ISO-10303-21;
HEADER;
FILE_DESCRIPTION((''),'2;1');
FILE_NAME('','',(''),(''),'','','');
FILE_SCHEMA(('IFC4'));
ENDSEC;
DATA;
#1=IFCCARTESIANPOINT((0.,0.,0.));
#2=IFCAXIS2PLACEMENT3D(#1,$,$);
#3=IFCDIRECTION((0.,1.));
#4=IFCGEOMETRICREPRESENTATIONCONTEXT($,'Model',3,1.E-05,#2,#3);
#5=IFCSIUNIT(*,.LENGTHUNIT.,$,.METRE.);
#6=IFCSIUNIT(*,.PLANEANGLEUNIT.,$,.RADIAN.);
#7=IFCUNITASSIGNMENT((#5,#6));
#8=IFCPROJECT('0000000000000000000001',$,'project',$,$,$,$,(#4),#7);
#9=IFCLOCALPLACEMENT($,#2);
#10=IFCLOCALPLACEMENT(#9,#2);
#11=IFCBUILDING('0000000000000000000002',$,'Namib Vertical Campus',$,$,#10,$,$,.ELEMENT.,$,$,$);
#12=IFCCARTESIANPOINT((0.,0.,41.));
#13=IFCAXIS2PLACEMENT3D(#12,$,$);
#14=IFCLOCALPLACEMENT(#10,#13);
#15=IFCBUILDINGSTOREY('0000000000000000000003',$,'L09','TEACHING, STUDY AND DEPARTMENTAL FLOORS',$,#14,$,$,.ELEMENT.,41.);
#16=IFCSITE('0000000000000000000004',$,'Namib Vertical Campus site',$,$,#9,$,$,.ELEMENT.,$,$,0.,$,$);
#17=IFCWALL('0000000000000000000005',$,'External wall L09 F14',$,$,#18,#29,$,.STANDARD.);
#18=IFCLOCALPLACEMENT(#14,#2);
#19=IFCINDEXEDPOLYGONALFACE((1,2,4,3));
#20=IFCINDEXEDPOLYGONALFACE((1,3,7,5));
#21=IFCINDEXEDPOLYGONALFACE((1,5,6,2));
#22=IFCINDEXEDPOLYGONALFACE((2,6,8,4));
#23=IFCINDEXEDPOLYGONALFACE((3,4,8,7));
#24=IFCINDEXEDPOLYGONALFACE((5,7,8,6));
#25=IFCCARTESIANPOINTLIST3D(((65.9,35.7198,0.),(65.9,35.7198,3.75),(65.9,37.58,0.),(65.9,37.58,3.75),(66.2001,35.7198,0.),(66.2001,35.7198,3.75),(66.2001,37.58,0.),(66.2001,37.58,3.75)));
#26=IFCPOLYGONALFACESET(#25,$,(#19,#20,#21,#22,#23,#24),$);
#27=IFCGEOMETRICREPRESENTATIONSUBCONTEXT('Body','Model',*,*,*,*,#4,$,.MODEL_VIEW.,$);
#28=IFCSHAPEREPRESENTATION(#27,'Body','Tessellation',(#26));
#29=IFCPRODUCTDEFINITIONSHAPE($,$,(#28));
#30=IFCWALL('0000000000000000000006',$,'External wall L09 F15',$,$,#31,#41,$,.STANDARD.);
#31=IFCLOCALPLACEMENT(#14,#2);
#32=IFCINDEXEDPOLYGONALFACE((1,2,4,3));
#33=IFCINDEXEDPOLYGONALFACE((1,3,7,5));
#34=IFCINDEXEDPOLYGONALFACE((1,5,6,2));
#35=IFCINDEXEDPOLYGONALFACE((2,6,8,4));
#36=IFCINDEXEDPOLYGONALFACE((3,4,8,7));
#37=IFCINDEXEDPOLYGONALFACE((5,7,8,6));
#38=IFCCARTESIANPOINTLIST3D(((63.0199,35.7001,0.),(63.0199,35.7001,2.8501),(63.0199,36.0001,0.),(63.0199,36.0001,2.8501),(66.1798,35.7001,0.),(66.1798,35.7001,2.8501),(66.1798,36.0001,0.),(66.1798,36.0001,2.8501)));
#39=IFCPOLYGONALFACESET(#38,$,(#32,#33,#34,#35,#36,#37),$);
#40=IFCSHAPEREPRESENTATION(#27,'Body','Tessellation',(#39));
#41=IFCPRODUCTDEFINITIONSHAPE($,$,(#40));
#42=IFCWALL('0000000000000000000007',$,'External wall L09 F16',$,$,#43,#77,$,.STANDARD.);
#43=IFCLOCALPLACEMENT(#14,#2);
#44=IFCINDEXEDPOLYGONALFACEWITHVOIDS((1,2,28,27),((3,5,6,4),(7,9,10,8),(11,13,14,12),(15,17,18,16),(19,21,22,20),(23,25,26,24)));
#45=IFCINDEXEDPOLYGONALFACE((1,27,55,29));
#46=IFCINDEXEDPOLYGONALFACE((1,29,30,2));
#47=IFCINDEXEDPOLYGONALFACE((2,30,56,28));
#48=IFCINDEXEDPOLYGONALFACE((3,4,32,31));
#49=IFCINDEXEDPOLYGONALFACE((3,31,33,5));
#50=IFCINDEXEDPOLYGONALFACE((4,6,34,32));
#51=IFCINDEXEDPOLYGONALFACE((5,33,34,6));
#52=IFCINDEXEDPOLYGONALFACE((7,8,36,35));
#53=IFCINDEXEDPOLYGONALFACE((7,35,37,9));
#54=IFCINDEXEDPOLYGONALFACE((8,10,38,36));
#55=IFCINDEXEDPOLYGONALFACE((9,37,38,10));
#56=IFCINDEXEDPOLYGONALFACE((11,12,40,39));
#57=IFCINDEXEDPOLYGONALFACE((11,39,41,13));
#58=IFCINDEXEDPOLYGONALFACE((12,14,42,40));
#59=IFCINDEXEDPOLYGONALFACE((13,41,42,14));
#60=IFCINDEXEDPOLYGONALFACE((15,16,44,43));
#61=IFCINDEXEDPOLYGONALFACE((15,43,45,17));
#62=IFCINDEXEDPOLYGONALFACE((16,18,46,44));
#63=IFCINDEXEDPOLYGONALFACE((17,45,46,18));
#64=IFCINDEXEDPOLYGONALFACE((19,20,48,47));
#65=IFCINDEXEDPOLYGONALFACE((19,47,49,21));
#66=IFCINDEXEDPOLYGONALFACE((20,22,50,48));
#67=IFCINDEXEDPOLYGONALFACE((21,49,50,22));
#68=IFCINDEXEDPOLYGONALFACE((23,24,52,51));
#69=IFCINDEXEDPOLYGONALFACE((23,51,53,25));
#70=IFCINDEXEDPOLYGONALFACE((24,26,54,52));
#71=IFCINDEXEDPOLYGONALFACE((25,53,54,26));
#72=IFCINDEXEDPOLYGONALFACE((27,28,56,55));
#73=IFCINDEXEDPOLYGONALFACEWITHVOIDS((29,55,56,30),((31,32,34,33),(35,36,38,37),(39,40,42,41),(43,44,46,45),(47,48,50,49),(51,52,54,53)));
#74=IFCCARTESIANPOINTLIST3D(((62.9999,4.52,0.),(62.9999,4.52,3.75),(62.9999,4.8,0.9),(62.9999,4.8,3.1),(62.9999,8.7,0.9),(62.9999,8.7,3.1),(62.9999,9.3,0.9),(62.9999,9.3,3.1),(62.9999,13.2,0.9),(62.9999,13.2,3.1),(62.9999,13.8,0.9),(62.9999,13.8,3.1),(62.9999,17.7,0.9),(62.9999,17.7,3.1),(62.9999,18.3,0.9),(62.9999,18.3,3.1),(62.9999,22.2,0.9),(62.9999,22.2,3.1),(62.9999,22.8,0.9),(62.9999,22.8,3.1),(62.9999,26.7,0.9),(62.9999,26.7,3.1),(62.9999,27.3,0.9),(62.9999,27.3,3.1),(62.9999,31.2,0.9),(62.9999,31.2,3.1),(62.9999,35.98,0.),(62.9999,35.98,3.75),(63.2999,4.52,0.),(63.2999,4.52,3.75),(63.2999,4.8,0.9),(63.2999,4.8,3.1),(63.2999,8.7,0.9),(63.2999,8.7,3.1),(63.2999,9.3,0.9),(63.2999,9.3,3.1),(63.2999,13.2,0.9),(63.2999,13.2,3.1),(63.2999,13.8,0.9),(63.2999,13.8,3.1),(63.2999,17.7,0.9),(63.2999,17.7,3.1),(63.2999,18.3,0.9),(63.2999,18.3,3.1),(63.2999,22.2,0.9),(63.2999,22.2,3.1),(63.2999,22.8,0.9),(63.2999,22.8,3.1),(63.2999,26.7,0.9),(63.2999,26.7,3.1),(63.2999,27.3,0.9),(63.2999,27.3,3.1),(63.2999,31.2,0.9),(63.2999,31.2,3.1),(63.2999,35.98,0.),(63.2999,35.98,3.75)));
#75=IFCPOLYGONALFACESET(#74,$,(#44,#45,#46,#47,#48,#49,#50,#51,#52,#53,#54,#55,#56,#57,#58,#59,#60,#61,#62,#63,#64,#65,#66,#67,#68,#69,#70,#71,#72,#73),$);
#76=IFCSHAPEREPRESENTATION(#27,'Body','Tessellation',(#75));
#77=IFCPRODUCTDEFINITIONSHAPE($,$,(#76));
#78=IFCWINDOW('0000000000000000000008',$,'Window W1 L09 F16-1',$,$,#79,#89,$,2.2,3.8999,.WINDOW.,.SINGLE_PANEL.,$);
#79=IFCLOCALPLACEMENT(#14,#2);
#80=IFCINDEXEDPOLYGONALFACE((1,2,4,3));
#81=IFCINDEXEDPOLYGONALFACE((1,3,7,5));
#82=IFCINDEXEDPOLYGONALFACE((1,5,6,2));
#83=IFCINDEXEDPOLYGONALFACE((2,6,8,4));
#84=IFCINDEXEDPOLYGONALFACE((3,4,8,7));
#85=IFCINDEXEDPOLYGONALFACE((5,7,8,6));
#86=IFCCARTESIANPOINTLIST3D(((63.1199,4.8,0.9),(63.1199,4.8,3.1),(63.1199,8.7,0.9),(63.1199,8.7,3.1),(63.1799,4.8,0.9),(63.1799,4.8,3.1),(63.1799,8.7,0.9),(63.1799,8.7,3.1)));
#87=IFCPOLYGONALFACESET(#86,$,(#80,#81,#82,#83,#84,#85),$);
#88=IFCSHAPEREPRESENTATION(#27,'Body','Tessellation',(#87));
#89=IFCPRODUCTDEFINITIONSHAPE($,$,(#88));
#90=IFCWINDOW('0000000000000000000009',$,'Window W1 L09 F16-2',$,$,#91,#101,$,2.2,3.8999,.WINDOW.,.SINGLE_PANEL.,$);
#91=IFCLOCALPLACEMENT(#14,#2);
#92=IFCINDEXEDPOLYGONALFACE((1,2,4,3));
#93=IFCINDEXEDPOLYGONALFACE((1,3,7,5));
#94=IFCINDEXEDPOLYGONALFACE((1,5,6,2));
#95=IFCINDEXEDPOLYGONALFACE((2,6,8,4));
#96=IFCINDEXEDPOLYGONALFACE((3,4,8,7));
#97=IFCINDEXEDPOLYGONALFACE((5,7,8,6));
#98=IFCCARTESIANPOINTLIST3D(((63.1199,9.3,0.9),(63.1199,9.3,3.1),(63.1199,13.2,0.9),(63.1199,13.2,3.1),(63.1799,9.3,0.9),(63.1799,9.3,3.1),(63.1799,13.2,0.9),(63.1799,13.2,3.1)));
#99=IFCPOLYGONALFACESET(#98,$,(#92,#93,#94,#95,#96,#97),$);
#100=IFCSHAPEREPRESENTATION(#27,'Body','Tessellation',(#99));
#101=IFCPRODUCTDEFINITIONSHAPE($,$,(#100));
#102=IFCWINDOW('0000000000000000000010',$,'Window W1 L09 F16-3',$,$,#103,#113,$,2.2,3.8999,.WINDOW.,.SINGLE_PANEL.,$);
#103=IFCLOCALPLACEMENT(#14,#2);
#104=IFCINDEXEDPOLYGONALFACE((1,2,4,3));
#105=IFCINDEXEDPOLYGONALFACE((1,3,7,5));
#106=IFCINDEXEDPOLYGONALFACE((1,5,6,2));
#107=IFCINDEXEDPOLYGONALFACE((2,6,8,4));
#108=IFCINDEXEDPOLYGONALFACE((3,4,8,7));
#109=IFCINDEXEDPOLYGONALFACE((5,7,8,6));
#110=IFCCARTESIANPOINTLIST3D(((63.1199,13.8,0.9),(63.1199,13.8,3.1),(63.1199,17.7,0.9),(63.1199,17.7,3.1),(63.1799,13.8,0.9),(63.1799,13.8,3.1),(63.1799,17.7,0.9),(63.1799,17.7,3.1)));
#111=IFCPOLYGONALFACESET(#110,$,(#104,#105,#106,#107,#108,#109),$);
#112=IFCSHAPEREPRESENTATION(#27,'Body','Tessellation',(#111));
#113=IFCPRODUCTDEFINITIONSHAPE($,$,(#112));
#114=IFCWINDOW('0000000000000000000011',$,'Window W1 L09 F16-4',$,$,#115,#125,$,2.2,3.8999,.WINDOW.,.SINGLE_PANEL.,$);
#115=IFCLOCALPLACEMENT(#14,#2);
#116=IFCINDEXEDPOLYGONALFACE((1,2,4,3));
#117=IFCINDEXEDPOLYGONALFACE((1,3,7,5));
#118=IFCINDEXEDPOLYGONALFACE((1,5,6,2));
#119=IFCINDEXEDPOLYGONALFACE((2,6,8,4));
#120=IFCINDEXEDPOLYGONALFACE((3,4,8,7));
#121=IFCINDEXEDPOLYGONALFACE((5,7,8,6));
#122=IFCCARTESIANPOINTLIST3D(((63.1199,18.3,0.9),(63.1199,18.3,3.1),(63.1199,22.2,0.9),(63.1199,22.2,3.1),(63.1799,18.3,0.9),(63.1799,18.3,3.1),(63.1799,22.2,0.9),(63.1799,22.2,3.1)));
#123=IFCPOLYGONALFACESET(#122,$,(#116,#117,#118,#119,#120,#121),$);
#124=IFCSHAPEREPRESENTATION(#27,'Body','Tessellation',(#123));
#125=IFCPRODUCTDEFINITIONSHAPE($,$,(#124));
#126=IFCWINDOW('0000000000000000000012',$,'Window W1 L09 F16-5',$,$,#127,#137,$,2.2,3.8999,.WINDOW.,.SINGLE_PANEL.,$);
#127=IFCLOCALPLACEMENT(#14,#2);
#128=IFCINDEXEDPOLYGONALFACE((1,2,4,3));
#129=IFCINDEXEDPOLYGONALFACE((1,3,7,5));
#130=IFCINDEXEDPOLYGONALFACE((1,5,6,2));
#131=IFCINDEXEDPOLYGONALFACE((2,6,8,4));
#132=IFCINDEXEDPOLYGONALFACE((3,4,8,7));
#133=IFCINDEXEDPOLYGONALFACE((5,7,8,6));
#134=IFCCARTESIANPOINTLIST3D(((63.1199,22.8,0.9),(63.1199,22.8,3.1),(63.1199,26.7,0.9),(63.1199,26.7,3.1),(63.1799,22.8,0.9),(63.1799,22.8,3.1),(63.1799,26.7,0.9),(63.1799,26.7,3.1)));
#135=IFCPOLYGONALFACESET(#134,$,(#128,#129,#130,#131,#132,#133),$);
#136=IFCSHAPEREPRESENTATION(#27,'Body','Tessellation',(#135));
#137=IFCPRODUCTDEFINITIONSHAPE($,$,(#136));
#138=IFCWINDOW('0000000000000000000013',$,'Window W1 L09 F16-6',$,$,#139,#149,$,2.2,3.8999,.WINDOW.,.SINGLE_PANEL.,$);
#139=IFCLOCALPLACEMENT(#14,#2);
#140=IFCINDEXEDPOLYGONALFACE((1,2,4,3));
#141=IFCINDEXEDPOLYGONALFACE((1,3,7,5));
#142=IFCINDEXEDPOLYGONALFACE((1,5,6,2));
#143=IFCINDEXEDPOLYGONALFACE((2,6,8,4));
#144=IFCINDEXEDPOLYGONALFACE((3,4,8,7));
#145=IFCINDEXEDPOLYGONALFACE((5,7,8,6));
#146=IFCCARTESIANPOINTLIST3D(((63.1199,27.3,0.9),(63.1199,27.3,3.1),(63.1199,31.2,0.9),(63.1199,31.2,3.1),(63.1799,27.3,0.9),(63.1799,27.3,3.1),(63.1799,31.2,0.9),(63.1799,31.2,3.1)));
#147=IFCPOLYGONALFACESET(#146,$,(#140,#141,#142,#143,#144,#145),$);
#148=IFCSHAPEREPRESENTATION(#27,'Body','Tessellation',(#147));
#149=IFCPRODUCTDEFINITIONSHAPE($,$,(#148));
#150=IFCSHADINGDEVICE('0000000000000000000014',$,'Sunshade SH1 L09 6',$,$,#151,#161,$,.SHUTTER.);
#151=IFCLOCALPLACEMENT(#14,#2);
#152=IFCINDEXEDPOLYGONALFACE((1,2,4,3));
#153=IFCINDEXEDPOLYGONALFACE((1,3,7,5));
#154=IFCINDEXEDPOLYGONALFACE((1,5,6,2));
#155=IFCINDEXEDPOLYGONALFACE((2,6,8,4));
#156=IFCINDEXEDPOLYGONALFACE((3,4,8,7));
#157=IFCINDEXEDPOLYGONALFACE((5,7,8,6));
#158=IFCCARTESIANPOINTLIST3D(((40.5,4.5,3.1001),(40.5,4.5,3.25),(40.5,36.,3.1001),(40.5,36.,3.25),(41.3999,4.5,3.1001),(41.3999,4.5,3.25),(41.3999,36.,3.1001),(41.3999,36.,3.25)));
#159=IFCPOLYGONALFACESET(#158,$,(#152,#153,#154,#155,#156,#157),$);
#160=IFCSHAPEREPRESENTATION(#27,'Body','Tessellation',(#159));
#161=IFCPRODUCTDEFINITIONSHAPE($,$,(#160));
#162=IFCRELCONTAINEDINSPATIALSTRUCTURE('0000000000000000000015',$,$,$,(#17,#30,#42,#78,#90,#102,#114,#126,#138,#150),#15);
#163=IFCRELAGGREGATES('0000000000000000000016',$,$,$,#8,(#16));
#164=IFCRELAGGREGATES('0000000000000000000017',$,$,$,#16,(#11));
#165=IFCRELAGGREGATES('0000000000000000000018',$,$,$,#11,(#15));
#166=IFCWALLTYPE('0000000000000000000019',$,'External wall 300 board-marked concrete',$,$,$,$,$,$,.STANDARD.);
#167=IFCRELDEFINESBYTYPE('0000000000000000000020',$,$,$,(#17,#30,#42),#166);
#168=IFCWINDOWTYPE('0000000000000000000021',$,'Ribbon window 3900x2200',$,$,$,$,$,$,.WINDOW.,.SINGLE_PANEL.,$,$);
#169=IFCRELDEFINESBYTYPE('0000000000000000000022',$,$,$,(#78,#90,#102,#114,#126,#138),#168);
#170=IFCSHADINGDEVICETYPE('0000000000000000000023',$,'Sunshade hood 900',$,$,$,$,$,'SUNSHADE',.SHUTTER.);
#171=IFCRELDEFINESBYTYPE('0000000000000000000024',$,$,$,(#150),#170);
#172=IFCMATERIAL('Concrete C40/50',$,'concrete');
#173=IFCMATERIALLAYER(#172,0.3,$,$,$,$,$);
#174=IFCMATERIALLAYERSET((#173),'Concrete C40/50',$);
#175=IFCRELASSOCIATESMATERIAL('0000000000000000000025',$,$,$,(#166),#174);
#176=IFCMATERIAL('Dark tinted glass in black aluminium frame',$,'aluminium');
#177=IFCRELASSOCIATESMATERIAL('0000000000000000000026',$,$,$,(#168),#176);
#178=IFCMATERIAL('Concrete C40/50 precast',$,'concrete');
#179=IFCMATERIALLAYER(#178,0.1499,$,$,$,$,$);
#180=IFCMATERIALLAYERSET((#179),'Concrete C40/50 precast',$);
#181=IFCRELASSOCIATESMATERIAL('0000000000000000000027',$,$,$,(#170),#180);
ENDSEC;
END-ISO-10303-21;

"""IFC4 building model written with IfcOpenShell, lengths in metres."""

from ifc_helpers import new_model, si_unit, direction, frame, frame_2d, origin, origin_2d, place, context, subcontext, project, spatial, rectangle, extrude, material, layer, layer_set, type_object, element, fill, save


model = new_model("IFC4")

# Units and contexts
model_context = context("Model", 3, precision=1e-05, world=origin(), true_north=direction((0.0, 1.0)))
body_context = subcontext(model_context, "Body", "Model", "MODEL_VIEW")
ifc_project = project(units=[si_unit("LENGTHUNIT", "METRE"), si_unit("PLANEANGLEUNIT", "RADIAN")], contexts=[model_context])

# Site, building, storey
site_placement = place(None, origin())
site = spatial("IfcSite", under=ifc_project, at=site_placement, Name="Namib Vertical Campus site", CompositionType="ELEMENT", RefElevation=0.0)
building_placement = place(site_placement, origin())
building = spatial("IfcBuilding", under=site, at=building_placement, Name="Namib Vertical Campus", CompositionType="ELEMENT")
storey_placement = place(building_placement, frame((0.0, 0.0, 41.0)))
storey = spatial("IfcBuildingStorey", under=building, at=storey_placement, Name="L09", Description="TEACHING, STUDY AND DEPARTMENTAL FLOORS", CompositionType="ELEMENT", Elevation=41.0)

# Walls
ifc_material_1 = material(Name="Concrete C40/50", Category="concrete")
ifc_layer_1 = layer(ifc_material_1, 0.3)
ifc_layer_set_1 = layer_set([ifc_layer_1], Name="Concrete C40/50")
wall_type_1 = type_object("IfcWallType", Name="External wall 300 board-marked concrete", PredefinedType="STANDARD", material=ifc_layer_set_1)
wall_1_placement = place(storey_placement, frame((66.05, 37.5801, 0.0), z_axis=(0.0, 0.0, 1.0), x_axis=(0.0, -1.0, 0.0)))
element("IfcWall", 1, at=wall_1_placement, inside=storey, type_object=wall_type_1, Name="External wall L09 F14", PredefinedType="STANDARD", context=body_context, shape_type="SweptSolid", body=[
    extrude(rectangle(XDim=1.8601, YDim=0.3, at=frame_2d((0.9302, 0.0))), origin(), (0.0, 0.0, 1.0), 3.75),
])
wall_2_placement = place(storey_placement, frame((66.1799, 35.8501, 0.0), z_axis=(0.0, 0.0, 1.0), x_axis=(-1.0, 0.0, 0.0)))
element("IfcWall", 2, at=wall_2_placement, inside=storey, type_object=wall_type_1, Name="External wall L09 F15", PredefinedType="STANDARD", context=body_context, shape_type="SweptSolid", body=[
    extrude(rectangle(XDim=3.1599, YDim=0.3, at=frame_2d((1.5801, 0.0))), origin(), (0.0, 0.0, 1.0), 2.8501),
])

# Wall, openings, windows
wall_3_placement = place(storey_placement, frame((63.1499, 35.98, 0.0), z_axis=(0.0, 0.0, 1.0), x_axis=(0.0, -1.0, 0.0)))
wall_3 = element("IfcWall", 3, at=wall_3_placement, inside=storey, type_object=wall_type_1, Name="External wall L09 F16", PredefinedType="STANDARD", context=body_context, shape_type="SweptSolid", body=[
    extrude(rectangle(XDim=31.46, YDim=0.3, at=frame_2d((15.73, 0.0))), origin(), (0.0, 0.0, 1.0), 3.75),
])
opening_1_placement = place(wall_3_placement, frame((27.28, 0.0, 0.8999)))
opening_1 = element("IfcOpeningElement", 4, at=opening_1_placement, cuts=wall_3, PredefinedType="OPENING", context=body_context, shape_type="SweptSolid", body=[
    extrude(rectangle(XDim=3.8999, YDim=2.2, at=frame_2d((1.95, 1.1001))), frame((0.0, 0.1599, 0.0), z_axis=(0.0, -1.0, 0.0), x_axis=(1.0, 0.0, 0.0)), (0.0, 0.0, 1.0), 0.3201),
])
opening_2_placement = place(wall_3_placement, frame((22.78, 0.0, 0.8999)))
opening_2 = element("IfcOpeningElement", 5, at=opening_2_placement, cuts=wall_3, PredefinedType="OPENING", context=body_context, shape_type="SweptSolid", body=[
    extrude(rectangle(XDim=3.8999, YDim=2.2, at=frame_2d((1.95, 1.1001))), frame((0.0, 0.1599, 0.0), z_axis=(0.0, -1.0, 0.0), x_axis=(1.0, 0.0, 0.0)), (0.0, 0.0, 1.0), 0.3201),
])
opening_3_placement = place(wall_3_placement, frame((18.28, 0.0, 0.8999)))
opening_3 = element("IfcOpeningElement", 6, at=opening_3_placement, cuts=wall_3, PredefinedType="OPENING", context=body_context, shape_type="SweptSolid", body=[
    extrude(rectangle(XDim=3.8999, YDim=2.2, at=frame_2d((1.95, 1.1001))), frame((0.0, 0.1599, 0.0), z_axis=(0.0, -1.0, 0.0), x_axis=(1.0, 0.0, 0.0)), (0.0, 0.0, 1.0), 0.3201),
])
opening_4_placement = place(wall_3_placement, frame((13.78, 0.0, 0.8999)))
opening_4 = element("IfcOpeningElement", 7, at=opening_4_placement, cuts=wall_3, PredefinedType="OPENING", context=body_context, shape_type="SweptSolid", body=[
    extrude(rectangle(XDim=3.8999, YDim=2.2, at=frame_2d((1.95, 1.1001))), frame((0.0, 0.1599, 0.0), z_axis=(0.0, -1.0, 0.0), x_axis=(1.0, 0.0, 0.0)), (0.0, 0.0, 1.0), 0.3201),
])
opening_5_placement = place(wall_3_placement, frame((9.28, 0.0, 0.8999)))
opening_5 = element("IfcOpeningElement", 8, at=opening_5_placement, cuts=wall_3, PredefinedType="OPENING", context=body_context, shape_type="SweptSolid", body=[
    extrude(rectangle(XDim=3.8999, YDim=2.2, at=frame_2d((1.95, 1.1001))), frame((0.0, 0.1599, 0.0), z_axis=(0.0, -1.0, 0.0), x_axis=(1.0, 0.0, 0.0)), (0.0, 0.0, 1.0), 0.3201),
])
opening_6_placement = place(wall_3_placement, frame((4.78, 0.0, 0.8999)))
opening_6 = element("IfcOpeningElement", 9, at=opening_6_placement, cuts=wall_3, PredefinedType="OPENING", context=body_context, shape_type="SweptSolid", body=[
    extrude(rectangle(XDim=3.8999, YDim=2.2, at=frame_2d((1.95, 1.1001))), frame((0.0, 0.1599, 0.0), z_axis=(0.0, -1.0, 0.0), x_axis=(1.0, 0.0, 0.0)), (0.0, 0.0, 1.0), 0.3201),
])
ifc_material_2 = material(Name="Dark tinted glass in black aluminium frame", Category="aluminium")
window_type = type_object("IfcWindowType", Name="Ribbon window 3900x2200", PartitioningType="SINGLE_PANEL", PredefinedType="WINDOW", material=ifc_material_2)
window_1_placement = place(opening_1_placement, origin())
window_1 = element("IfcWindow", 10, at=window_1_placement, inside=storey, type_object=window_type, Name="Window W1 L09 F16-1", OverallHeight=2.2, OverallWidth=3.8999, PartitioningType="SINGLE_PANEL", PredefinedType="WINDOW", context=body_context, shape_type="SweptSolid", body=[
    extrude(rectangle(XDim=3.8999, YDim=2.2, at=frame_2d((1.95, 1.1001))), frame((0.0, 0.03, 0.0), z_axis=(0.0, -1.0, 0.0), x_axis=(1.0, 0.0, 0.0)), (0.0, 0.0, 1.0), 0.0601),
])
fill(opening_1, window_1)
window_2_placement = place(opening_2_placement, origin())
window_2 = element("IfcWindow", 11, at=window_2_placement, inside=storey, type_object=window_type, Name="Window W1 L09 F16-2", OverallHeight=2.2, OverallWidth=3.8999, PartitioningType="SINGLE_PANEL", PredefinedType="WINDOW", context=body_context, shape_type="SweptSolid", body=[
    extrude(rectangle(XDim=3.8999, YDim=2.2, at=frame_2d((1.95, 1.1001))), frame((0.0, 0.03, 0.0), z_axis=(0.0, -1.0, 0.0), x_axis=(1.0, 0.0, 0.0)), (0.0, 0.0, 1.0), 0.0601),
])
fill(opening_2, window_2)
window_3_placement = place(opening_3_placement, origin())
window_3 = element("IfcWindow", 12, at=window_3_placement, inside=storey, type_object=window_type, Name="Window W1 L09 F16-3", OverallHeight=2.2, OverallWidth=3.8999, PartitioningType="SINGLE_PANEL", PredefinedType="WINDOW", context=body_context, shape_type="SweptSolid", body=[
    extrude(rectangle(XDim=3.8999, YDim=2.2, at=frame_2d((1.95, 1.1001))), frame((0.0, 0.03, 0.0), z_axis=(0.0, -1.0, 0.0), x_axis=(1.0, 0.0, 0.0)), (0.0, 0.0, 1.0), 0.0601),
])
fill(opening_3, window_3)
window_4_placement = place(opening_4_placement, origin())
window_4 = element("IfcWindow", 13, at=window_4_placement, inside=storey, type_object=window_type, Name="Window W1 L09 F16-4", OverallHeight=2.2, OverallWidth=3.8999, PartitioningType="SINGLE_PANEL", PredefinedType="WINDOW", context=body_context, shape_type="SweptSolid", body=[
    extrude(rectangle(XDim=3.8999, YDim=2.2, at=frame_2d((1.95, 1.1001))), frame((0.0, 0.03, 0.0), z_axis=(0.0, -1.0, 0.0), x_axis=(1.0, 0.0, 0.0)), (0.0, 0.0, 1.0), 0.0601),
])
fill(opening_4, window_4)
window_5_placement = place(opening_5_placement, origin())
window_5 = element("IfcWindow", 14, at=window_5_placement, inside=storey, type_object=window_type, Name="Window W1 L09 F16-5", OverallHeight=2.2, OverallWidth=3.8999, PartitioningType="SINGLE_PANEL", PredefinedType="WINDOW", context=body_context, shape_type="SweptSolid", body=[
    extrude(rectangle(XDim=3.8999, YDim=2.2, at=frame_2d((1.95, 1.1001))), frame((0.0, 0.03, 0.0), z_axis=(0.0, -1.0, 0.0), x_axis=(1.0, 0.0, 0.0)), (0.0, 0.0, 1.0), 0.0601),
])
fill(opening_5, window_5)
window_6_placement = place(opening_6_placement, origin())
window_6 = element("IfcWindow", 15, at=window_6_placement, inside=storey, type_object=window_type, Name="Window W1 L09 F16-6", OverallHeight=2.2, OverallWidth=3.8999, PartitioningType="SINGLE_PANEL", PredefinedType="WINDOW", context=body_context, shape_type="SweptSolid", body=[
    extrude(rectangle(XDim=3.8999, YDim=2.2, at=frame_2d((1.95, 1.1001))), frame((0.0, 0.03, 0.0), z_axis=(0.0, -1.0, 0.0), x_axis=(1.0, 0.0, 0.0)), (0.0, 0.0, 1.0), 0.0601),
])
fill(opening_6, window_6)

# Shading device
ifc_material_3 = material(Name="Concrete C40/50 precast", Category="concrete")
ifc_layer_2 = layer(ifc_material_3, 0.1499)
ifc_layer_set_2 = layer_set([ifc_layer_2], Name="Concrete C40/50 precast")
shading_device_type = type_object("IfcShadingDeviceType", Name="Sunshade hood 900", ElementType="SUNSHADE", PredefinedType="SHUTTER", material=ifc_layer_set_2)
shading_device_1_placement = place(storey_placement, frame((40.95, 20.25, 3.1001), z_axis=(0.0, 0.0, 1.0), x_axis=(0.0, 1.0, 0.0)))
element("IfcShadingDevice", 16, at=shading_device_1_placement, inside=storey, type_object=shading_device_type, Name="Sunshade SH1 L09 6", PredefinedType="SHUTTER", context=body_context, shape_type="SweptSolid", body=[
    extrude(rectangle(XDim=31.5, YDim=0.8999, at=origin_2d()), origin(), (0.0, 0.0, 1.0), 0.1499),
])

save(model, "model.ifc")
